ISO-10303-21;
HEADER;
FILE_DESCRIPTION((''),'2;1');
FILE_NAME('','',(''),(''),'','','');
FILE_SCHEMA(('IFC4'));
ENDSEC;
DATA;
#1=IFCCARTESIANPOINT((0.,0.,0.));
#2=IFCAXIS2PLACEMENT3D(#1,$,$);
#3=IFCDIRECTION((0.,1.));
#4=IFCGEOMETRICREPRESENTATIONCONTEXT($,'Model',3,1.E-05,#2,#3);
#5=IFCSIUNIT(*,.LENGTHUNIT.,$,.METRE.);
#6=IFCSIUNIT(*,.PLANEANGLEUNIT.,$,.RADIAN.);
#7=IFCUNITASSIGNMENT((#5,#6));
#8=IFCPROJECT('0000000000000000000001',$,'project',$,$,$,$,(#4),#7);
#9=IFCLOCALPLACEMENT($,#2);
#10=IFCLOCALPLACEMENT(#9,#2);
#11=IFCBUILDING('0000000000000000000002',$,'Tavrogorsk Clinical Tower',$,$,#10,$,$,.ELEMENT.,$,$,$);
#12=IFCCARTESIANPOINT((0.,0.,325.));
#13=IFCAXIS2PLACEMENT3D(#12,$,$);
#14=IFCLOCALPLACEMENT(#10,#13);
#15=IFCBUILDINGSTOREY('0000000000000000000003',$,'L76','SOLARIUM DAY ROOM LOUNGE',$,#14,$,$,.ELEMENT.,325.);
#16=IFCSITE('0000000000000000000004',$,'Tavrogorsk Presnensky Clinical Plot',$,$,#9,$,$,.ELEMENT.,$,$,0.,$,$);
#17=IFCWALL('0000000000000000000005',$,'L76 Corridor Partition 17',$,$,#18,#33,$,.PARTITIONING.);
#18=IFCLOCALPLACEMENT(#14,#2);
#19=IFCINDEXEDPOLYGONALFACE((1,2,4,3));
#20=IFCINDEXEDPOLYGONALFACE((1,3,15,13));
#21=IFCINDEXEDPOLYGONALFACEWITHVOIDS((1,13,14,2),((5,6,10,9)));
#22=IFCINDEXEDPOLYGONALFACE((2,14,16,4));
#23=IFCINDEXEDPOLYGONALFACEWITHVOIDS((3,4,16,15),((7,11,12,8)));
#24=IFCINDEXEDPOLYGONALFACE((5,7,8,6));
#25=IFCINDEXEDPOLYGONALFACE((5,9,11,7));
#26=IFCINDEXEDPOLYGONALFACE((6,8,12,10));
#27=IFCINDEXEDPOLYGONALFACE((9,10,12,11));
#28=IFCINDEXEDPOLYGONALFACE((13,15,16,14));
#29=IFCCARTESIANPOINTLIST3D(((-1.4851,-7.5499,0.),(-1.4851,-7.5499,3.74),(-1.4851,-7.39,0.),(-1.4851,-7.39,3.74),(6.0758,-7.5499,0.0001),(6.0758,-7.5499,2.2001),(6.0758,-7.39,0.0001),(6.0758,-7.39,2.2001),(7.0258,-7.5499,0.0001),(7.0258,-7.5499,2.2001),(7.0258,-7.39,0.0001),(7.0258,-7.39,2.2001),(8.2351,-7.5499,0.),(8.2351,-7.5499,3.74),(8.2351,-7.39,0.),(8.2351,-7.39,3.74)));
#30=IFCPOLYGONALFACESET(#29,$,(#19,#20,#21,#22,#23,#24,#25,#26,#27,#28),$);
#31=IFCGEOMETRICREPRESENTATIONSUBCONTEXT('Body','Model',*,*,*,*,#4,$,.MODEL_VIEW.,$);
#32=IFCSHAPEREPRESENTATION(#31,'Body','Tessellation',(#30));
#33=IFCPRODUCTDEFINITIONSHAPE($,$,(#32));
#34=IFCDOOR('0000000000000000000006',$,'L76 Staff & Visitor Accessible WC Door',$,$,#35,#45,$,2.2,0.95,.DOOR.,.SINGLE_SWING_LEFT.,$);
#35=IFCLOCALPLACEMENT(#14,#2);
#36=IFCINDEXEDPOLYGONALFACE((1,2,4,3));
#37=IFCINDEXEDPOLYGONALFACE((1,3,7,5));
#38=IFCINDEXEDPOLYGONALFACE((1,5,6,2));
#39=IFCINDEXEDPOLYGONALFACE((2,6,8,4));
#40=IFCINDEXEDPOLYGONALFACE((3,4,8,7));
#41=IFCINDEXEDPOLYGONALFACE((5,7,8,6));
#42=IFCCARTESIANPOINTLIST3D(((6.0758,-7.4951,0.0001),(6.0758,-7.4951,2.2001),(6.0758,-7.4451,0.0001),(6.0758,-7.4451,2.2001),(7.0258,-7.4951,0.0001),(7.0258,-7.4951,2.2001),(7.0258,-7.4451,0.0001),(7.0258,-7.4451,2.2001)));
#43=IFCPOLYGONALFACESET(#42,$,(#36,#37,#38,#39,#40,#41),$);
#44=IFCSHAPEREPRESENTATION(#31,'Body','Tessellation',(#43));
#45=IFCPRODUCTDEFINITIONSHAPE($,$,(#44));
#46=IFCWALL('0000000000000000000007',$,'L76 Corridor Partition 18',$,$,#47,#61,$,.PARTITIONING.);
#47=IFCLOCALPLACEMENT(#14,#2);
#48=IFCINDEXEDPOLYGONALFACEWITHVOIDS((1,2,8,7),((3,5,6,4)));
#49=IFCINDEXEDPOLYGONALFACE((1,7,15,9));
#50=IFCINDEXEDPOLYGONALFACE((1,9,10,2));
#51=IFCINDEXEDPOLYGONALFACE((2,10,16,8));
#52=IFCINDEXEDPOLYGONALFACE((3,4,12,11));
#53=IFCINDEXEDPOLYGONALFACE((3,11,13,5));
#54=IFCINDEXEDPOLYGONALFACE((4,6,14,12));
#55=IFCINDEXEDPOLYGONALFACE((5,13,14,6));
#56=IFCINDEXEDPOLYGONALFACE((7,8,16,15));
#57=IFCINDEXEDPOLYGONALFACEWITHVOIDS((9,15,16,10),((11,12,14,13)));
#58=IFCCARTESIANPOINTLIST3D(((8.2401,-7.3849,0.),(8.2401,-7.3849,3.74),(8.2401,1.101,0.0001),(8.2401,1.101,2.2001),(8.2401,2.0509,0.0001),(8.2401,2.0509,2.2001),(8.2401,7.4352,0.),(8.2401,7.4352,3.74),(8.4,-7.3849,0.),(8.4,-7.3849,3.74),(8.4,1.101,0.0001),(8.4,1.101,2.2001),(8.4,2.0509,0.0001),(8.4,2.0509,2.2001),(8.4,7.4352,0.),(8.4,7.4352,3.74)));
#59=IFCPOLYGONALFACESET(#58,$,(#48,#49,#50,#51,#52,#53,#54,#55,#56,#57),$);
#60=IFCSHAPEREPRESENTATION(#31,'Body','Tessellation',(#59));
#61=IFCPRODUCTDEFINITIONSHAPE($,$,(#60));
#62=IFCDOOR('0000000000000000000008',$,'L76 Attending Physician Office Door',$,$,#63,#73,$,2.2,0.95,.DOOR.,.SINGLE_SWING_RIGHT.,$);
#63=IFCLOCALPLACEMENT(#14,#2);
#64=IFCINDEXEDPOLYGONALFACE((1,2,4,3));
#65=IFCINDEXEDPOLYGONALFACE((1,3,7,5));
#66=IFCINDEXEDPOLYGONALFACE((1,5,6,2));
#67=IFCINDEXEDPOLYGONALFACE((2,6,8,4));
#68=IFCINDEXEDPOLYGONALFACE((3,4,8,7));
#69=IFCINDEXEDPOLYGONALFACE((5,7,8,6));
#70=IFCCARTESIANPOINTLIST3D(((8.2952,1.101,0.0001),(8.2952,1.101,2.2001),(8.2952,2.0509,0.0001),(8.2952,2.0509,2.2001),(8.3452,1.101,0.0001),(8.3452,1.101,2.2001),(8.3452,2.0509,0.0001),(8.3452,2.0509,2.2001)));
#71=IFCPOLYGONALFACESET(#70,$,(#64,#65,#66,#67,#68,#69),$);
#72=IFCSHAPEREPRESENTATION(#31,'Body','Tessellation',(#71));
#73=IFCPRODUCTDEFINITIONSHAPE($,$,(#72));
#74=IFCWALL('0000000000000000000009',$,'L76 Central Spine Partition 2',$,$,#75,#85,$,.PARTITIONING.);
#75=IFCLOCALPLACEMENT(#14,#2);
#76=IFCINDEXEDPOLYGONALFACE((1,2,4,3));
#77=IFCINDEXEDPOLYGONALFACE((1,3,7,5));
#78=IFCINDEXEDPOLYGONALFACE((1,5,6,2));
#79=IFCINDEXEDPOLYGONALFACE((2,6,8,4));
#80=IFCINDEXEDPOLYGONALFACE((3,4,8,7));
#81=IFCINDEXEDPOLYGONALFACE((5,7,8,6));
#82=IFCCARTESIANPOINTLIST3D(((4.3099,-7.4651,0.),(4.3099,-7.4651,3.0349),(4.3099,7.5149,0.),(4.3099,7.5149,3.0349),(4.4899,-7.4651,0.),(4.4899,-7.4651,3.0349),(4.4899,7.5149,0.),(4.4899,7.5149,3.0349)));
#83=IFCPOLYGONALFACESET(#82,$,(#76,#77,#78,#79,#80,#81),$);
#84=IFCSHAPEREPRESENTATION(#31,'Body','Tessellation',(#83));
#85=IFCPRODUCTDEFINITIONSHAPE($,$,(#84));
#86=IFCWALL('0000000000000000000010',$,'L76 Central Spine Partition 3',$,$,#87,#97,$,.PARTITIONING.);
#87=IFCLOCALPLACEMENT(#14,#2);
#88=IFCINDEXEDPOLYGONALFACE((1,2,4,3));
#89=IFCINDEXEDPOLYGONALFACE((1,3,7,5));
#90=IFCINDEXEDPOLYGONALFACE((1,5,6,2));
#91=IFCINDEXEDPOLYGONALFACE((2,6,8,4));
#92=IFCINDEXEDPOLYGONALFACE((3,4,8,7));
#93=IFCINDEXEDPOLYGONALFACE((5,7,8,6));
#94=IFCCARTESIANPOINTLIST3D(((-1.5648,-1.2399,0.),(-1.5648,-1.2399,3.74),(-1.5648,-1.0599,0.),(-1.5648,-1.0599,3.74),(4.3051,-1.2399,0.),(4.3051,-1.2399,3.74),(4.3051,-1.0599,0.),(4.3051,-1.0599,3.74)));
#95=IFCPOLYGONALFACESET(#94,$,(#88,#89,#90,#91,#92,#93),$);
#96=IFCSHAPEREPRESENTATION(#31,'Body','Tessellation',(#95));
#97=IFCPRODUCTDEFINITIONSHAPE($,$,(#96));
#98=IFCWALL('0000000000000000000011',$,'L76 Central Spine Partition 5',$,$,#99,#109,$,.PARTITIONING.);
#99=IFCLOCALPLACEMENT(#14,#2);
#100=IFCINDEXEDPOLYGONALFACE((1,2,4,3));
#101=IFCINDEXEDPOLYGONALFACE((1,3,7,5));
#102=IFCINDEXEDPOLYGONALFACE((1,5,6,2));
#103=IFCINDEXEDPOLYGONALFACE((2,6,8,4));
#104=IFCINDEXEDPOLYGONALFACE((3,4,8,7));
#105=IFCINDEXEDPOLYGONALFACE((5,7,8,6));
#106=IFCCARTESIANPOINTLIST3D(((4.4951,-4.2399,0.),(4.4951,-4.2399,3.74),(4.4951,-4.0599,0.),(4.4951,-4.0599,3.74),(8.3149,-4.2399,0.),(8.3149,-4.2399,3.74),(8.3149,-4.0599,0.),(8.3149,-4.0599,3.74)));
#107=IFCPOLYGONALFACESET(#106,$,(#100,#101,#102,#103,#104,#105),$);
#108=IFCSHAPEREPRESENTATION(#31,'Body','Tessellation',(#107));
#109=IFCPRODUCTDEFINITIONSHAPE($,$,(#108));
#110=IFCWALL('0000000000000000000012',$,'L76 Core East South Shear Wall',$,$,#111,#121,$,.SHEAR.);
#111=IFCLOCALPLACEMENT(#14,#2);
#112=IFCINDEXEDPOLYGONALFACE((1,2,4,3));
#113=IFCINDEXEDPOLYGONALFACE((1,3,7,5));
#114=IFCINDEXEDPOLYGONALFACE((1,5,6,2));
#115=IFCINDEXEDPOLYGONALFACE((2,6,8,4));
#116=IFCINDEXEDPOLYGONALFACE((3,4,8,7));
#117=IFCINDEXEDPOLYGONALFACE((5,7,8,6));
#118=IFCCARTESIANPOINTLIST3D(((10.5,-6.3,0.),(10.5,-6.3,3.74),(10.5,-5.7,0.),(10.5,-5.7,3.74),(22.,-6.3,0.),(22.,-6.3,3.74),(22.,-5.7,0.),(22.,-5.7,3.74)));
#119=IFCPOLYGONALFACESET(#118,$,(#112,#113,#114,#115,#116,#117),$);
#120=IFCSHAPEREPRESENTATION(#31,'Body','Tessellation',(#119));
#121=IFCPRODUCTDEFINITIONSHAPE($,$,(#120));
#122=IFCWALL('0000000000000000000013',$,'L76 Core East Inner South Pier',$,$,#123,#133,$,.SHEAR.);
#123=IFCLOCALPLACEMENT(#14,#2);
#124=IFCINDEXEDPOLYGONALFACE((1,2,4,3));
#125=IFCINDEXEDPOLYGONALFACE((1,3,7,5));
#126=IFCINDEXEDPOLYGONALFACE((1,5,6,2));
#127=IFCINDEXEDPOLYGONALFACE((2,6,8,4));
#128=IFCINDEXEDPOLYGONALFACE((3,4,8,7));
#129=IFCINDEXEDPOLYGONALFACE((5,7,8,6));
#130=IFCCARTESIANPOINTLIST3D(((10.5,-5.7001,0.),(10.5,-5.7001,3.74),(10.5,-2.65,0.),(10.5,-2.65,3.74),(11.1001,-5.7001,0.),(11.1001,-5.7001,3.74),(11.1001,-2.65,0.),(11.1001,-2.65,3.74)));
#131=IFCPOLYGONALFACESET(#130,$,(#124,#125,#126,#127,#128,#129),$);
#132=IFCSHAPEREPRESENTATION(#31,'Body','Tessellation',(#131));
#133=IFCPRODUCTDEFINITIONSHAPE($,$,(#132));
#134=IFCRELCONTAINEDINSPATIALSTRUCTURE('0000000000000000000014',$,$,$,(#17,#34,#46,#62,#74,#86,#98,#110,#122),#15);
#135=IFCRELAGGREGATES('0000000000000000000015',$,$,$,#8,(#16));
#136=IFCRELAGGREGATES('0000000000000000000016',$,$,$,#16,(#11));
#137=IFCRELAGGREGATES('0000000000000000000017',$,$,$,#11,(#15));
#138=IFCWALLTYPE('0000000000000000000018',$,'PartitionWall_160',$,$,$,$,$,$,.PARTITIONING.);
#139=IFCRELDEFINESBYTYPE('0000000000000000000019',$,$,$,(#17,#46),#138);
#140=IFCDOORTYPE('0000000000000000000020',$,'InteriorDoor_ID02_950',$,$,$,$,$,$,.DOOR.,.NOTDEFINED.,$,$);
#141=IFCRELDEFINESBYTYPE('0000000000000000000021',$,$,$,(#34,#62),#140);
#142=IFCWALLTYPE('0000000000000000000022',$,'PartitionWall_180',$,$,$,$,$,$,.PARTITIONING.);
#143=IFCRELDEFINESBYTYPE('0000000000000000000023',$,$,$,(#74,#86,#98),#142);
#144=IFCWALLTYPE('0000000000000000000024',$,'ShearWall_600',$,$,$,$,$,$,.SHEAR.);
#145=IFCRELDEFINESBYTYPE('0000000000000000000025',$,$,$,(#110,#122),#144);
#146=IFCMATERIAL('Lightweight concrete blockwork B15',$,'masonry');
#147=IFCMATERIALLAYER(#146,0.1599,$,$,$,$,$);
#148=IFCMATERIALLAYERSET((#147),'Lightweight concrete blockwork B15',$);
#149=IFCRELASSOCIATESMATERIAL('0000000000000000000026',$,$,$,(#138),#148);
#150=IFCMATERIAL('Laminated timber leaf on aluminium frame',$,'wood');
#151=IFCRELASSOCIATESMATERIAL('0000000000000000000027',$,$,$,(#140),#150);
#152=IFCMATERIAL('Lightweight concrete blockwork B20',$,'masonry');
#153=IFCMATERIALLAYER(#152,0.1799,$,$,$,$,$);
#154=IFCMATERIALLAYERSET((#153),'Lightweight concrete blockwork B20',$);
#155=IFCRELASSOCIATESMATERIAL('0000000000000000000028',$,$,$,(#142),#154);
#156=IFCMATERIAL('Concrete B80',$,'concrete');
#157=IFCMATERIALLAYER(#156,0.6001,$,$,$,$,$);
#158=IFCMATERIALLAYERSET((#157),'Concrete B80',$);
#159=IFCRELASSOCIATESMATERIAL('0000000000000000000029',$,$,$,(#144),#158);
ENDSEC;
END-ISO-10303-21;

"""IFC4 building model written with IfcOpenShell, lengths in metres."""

from ifc_helpers import new_model, si_unit, direction, frame, frame_2d, origin, place, context, subcontext, project, spatial, rectangle, extrude, material, layer, layer_set, type_object, element, fill, save


model = new_model("IFC4")

# Units and contexts
model_context = context("Model", 3, precision=1e-05, world=origin(), true_north=direction((0.0, 1.0)))
body_context = subcontext(model_context, "Body", "Model", "MODEL_VIEW")
ifc_project = project(units=[si_unit("LENGTHUNIT", "METRE"), si_unit("PLANEANGLEUNIT", "RADIAN")], contexts=[model_context])

# Site, building, storey
site_placement = place(None, origin())
site = spatial("IfcSite", under=ifc_project, at=site_placement, Name="Tavrogorsk Presnensky Clinical Plot", CompositionType="ELEMENT", RefElevation=0.0)
building_placement = place(site_placement, origin())
building = spatial("IfcBuilding", under=site, at=building_placement, Name="Tavrogorsk Clinical Tower", CompositionType="ELEMENT")
storey_placement = place(building_placement, frame((0.0, 0.0, 325.0)))
storey = spatial("IfcBuildingStorey", under=building, at=storey_placement, Name="L76", Description="SOLARIUM DAY ROOM LOUNGE", CompositionType="ELEMENT", Elevation=325.0)

# Shared definitions
ifc_material_1 = material(Name="Lightweight concrete blockwork B15", Category="masonry")
ifc_layer_1 = layer(ifc_material_1, 0.1599)
ifc_layer_set_1 = layer_set([ifc_layer_1], Name="Lightweight concrete blockwork B15")
wall_type_1 = type_object("IfcWallType", Name="PartitionWall_160", PredefinedType="PARTITIONING", material=ifc_layer_set_1)
ifc_material_2 = material(Name="Laminated timber leaf on aluminium frame", Category="wood")
door_type_1 = type_object("IfcDoorType", Name="InteriorDoor_ID02_950", OperationType="NOTDEFINED", PredefinedType="DOOR", material=ifc_material_2)

# Walls, openings, doors
wall_1_placement = place(storey_placement, frame((-1.4851, -7.47, 0.0), z_axis=(0.0, 0.0, 1.0), x_axis=(1.0, 0.0, 0.0)))
wall_1 = element("IfcWall", 1, at=wall_1_placement, inside=storey, type_object=wall_type_1, Name="L76 Corridor Partition 17", PredefinedType="PARTITIONING", context=body_context, shape_type="SweptSolid", body=[
    extrude(rectangle(XDim=9.7202, YDim=0.1599, at=frame_2d((4.8601, 0.0))), origin(), (0.0, 0.0, 1.0), 3.74),
])
opening_1_placement = place(wall_1_placement, frame((7.5608, 0.0, 0.0)))
opening_1 = element("IfcOpeningElement", 2, at=opening_1_placement, cuts=wall_1, PredefinedType="OPENING", context=body_context, shape_type="SweptSolid", body=[
    extrude(rectangle(XDim=0.95, YDim=2.2, at=frame_2d((0.4751, 1.1001))), frame((0.0, 0.0898, 0.0), z_axis=(0.0, -1.0, 0.0), x_axis=(1.0, 0.0, 0.0)), (0.0, 0.0, 1.0), 0.1799),
])
door_1_placement = place(opening_1_placement, origin())
door_1 = element("IfcDoor", 3, at=door_1_placement, inside=storey, type_object=door_type_1, Name="L76 Staff & Visitor Accessible WC Door", OperationType="SINGLE_SWING_LEFT", OverallHeight=2.2, OverallWidth=0.95, PredefinedType="DOOR", context=body_context, shape_type="SweptSolid", body=[
    extrude(rectangle(XDim=0.95, YDim=2.2, at=frame_2d((0.4751, 1.1001))), frame((0.0, 0.0249, 0.0), z_axis=(0.0, -1.0, 0.0), x_axis=(1.0, 0.0, 0.0)), (0.0, 0.0, 1.0), 0.05),
])
fill(opening_1, door_1)
wall_2_placement = place(storey_placement, frame((8.3201, -7.385, 0.0), z_axis=(0.0, 0.0, 1.0), x_axis=(0.0, 1.0, 0.0)))
wall_2 = element("IfcWall", 4, at=wall_2_placement, inside=storey, type_object=wall_type_1, Name="L76 Corridor Partition 18", PredefinedType="PARTITIONING", context=body_context, shape_type="SweptSolid", body=[
    extrude(rectangle(XDim=14.8201, YDim=0.1599, at=frame_2d((7.4102, 0.0))), origin(), (0.0, 0.0, 1.0), 3.74),
])
opening_2_placement = place(wall_2_placement, frame((8.4858, 0.0, 0.0)))
opening_2 = element("IfcOpeningElement", 5, at=opening_2_placement, cuts=wall_2, PredefinedType="OPENING", context=body_context, shape_type="SweptSolid", body=[
    extrude(rectangle(XDim=0.95, YDim=2.2, at=frame_2d((0.4751, 1.1001))), frame((0.0, 0.0898, 0.0), z_axis=(0.0, -1.0, 0.0), x_axis=(1.0, 0.0, 0.0)), (0.0, 0.0, 1.0), 0.1799),
])
door_2_placement = place(opening_2_placement, origin())
door_2 = element("IfcDoor", 6, at=door_2_placement, inside=storey, type_object=door_type_1, Name="L76 Attending Physician Office Door", OperationType="SINGLE_SWING_RIGHT", OverallHeight=2.2, OverallWidth=0.95, PredefinedType="DOOR", context=body_context, shape_type="SweptSolid", body=[
    extrude(rectangle(XDim=0.95, YDim=2.2, at=frame_2d((0.4751, 1.1001))), frame((0.0, 0.0249, 0.0), z_axis=(0.0, -1.0, 0.0), x_axis=(1.0, 0.0, 0.0)), (0.0, 0.0, 1.0), 0.05),
])
fill(opening_2, door_2)

# Walls
ifc_material_3 = material(Name="Lightweight concrete blockwork B20", Category="masonry")
ifc_layer_2 = layer(ifc_material_3, 0.1799)
ifc_layer_set_2 = layer_set([ifc_layer_2], Name="Lightweight concrete blockwork B20")
wall_type_2 = type_object("IfcWallType", Name="PartitionWall_180", PredefinedType="PARTITIONING", material=ifc_layer_set_2)
wall_3_placement = place(storey_placement, frame((4.3999, -7.4651, 0.0), z_axis=(0.0, 0.0, 1.0), x_axis=(0.0, 1.0, 0.0)))
element("IfcWall", 7, at=wall_3_placement, inside=storey, type_object=wall_type_2, Name="L76 Central Spine Partition 2", PredefinedType="PARTITIONING", context=body_context, shape_type="SweptSolid", body=[
    extrude(rectangle(XDim=14.98, YDim=0.1799, at=frame_2d((7.49, 0.0))), origin(), (0.0, 0.0, 1.0), 3.0349),
])
wall_4_placement = place(storey_placement, frame((-1.5649, -1.1499, 0.0), z_axis=(0.0, 0.0, 1.0), x_axis=(1.0, 0.0, 0.0)))
element("IfcWall", 8, at=wall_4_placement, inside=storey, type_object=wall_type_2, Name="L76 Central Spine Partition 3", PredefinedType="PARTITIONING", context=body_context, shape_type="SweptSolid", body=[
    extrude(rectangle(XDim=5.8699, YDim=0.1799, at=frame_2d((2.9351, 0.0))), origin(), (0.0, 0.0, 1.0), 3.74),
])
wall_5_placement = place(storey_placement, frame((4.4951, -4.1499, 0.0), z_axis=(0.0, 0.0, 1.0), x_axis=(1.0, 0.0, 0.0)))
element("IfcWall", 9, at=wall_5_placement, inside=storey, type_object=wall_type_2, Name="L76 Central Spine Partition 5", PredefinedType="PARTITIONING", context=body_context, shape_type="SweptSolid", body=[
    extrude(rectangle(XDim=3.8198, YDim=0.1799, at=frame_2d((1.9099, 0.0))), origin(), (0.0, 0.0, 1.0), 3.74),
])
ifc_material_4 = material(Name="Concrete B80", Category="concrete")
ifc_layer_3 = layer(ifc_material_4, 0.6001)
ifc_layer_set_3 = layer_set([ifc_layer_3], Name="Concrete B80")
wall_type_3 = type_object("IfcWallType", Name="ShearWall_600", PredefinedType="SHEAR", material=ifc_layer_set_3)
wall_6_placement = place(storey_placement, frame((10.5, -6.0, 0.0), z_axis=(0.0, 0.0, 1.0), x_axis=(1.0, 0.0, 0.0)))
element("IfcWall", 10, at=wall_6_placement, inside=storey, type_object=wall_type_3, Name="L76 Core East South Shear Wall", PredefinedType="SHEAR", context=body_context, shape_type="SweptSolid", body=[
    extrude(rectangle(XDim=11.5, YDim=0.6001, at=frame_2d((5.75, 0.0))), origin(), (0.0, 0.0, 1.0), 3.74),
])
wall_7_placement = place(storey_placement, frame((10.8, -5.7, 0.0), z_axis=(0.0, 0.0, 1.0), x_axis=(0.0, 1.0, 0.0)))
element("IfcWall", 11, at=wall_7_placement, inside=storey, type_object=wall_type_3, Name="L76 Core East Inner South Pier", PredefinedType="SHEAR", context=body_context, shape_type="SweptSolid", body=[
    extrude(rectangle(XDim=3.05, YDim=0.6001, at=frame_2d((1.5249, 0.0))), origin(), (0.0, 0.0, 1.0), 3.74),
])

save(model, "model.ifc")
